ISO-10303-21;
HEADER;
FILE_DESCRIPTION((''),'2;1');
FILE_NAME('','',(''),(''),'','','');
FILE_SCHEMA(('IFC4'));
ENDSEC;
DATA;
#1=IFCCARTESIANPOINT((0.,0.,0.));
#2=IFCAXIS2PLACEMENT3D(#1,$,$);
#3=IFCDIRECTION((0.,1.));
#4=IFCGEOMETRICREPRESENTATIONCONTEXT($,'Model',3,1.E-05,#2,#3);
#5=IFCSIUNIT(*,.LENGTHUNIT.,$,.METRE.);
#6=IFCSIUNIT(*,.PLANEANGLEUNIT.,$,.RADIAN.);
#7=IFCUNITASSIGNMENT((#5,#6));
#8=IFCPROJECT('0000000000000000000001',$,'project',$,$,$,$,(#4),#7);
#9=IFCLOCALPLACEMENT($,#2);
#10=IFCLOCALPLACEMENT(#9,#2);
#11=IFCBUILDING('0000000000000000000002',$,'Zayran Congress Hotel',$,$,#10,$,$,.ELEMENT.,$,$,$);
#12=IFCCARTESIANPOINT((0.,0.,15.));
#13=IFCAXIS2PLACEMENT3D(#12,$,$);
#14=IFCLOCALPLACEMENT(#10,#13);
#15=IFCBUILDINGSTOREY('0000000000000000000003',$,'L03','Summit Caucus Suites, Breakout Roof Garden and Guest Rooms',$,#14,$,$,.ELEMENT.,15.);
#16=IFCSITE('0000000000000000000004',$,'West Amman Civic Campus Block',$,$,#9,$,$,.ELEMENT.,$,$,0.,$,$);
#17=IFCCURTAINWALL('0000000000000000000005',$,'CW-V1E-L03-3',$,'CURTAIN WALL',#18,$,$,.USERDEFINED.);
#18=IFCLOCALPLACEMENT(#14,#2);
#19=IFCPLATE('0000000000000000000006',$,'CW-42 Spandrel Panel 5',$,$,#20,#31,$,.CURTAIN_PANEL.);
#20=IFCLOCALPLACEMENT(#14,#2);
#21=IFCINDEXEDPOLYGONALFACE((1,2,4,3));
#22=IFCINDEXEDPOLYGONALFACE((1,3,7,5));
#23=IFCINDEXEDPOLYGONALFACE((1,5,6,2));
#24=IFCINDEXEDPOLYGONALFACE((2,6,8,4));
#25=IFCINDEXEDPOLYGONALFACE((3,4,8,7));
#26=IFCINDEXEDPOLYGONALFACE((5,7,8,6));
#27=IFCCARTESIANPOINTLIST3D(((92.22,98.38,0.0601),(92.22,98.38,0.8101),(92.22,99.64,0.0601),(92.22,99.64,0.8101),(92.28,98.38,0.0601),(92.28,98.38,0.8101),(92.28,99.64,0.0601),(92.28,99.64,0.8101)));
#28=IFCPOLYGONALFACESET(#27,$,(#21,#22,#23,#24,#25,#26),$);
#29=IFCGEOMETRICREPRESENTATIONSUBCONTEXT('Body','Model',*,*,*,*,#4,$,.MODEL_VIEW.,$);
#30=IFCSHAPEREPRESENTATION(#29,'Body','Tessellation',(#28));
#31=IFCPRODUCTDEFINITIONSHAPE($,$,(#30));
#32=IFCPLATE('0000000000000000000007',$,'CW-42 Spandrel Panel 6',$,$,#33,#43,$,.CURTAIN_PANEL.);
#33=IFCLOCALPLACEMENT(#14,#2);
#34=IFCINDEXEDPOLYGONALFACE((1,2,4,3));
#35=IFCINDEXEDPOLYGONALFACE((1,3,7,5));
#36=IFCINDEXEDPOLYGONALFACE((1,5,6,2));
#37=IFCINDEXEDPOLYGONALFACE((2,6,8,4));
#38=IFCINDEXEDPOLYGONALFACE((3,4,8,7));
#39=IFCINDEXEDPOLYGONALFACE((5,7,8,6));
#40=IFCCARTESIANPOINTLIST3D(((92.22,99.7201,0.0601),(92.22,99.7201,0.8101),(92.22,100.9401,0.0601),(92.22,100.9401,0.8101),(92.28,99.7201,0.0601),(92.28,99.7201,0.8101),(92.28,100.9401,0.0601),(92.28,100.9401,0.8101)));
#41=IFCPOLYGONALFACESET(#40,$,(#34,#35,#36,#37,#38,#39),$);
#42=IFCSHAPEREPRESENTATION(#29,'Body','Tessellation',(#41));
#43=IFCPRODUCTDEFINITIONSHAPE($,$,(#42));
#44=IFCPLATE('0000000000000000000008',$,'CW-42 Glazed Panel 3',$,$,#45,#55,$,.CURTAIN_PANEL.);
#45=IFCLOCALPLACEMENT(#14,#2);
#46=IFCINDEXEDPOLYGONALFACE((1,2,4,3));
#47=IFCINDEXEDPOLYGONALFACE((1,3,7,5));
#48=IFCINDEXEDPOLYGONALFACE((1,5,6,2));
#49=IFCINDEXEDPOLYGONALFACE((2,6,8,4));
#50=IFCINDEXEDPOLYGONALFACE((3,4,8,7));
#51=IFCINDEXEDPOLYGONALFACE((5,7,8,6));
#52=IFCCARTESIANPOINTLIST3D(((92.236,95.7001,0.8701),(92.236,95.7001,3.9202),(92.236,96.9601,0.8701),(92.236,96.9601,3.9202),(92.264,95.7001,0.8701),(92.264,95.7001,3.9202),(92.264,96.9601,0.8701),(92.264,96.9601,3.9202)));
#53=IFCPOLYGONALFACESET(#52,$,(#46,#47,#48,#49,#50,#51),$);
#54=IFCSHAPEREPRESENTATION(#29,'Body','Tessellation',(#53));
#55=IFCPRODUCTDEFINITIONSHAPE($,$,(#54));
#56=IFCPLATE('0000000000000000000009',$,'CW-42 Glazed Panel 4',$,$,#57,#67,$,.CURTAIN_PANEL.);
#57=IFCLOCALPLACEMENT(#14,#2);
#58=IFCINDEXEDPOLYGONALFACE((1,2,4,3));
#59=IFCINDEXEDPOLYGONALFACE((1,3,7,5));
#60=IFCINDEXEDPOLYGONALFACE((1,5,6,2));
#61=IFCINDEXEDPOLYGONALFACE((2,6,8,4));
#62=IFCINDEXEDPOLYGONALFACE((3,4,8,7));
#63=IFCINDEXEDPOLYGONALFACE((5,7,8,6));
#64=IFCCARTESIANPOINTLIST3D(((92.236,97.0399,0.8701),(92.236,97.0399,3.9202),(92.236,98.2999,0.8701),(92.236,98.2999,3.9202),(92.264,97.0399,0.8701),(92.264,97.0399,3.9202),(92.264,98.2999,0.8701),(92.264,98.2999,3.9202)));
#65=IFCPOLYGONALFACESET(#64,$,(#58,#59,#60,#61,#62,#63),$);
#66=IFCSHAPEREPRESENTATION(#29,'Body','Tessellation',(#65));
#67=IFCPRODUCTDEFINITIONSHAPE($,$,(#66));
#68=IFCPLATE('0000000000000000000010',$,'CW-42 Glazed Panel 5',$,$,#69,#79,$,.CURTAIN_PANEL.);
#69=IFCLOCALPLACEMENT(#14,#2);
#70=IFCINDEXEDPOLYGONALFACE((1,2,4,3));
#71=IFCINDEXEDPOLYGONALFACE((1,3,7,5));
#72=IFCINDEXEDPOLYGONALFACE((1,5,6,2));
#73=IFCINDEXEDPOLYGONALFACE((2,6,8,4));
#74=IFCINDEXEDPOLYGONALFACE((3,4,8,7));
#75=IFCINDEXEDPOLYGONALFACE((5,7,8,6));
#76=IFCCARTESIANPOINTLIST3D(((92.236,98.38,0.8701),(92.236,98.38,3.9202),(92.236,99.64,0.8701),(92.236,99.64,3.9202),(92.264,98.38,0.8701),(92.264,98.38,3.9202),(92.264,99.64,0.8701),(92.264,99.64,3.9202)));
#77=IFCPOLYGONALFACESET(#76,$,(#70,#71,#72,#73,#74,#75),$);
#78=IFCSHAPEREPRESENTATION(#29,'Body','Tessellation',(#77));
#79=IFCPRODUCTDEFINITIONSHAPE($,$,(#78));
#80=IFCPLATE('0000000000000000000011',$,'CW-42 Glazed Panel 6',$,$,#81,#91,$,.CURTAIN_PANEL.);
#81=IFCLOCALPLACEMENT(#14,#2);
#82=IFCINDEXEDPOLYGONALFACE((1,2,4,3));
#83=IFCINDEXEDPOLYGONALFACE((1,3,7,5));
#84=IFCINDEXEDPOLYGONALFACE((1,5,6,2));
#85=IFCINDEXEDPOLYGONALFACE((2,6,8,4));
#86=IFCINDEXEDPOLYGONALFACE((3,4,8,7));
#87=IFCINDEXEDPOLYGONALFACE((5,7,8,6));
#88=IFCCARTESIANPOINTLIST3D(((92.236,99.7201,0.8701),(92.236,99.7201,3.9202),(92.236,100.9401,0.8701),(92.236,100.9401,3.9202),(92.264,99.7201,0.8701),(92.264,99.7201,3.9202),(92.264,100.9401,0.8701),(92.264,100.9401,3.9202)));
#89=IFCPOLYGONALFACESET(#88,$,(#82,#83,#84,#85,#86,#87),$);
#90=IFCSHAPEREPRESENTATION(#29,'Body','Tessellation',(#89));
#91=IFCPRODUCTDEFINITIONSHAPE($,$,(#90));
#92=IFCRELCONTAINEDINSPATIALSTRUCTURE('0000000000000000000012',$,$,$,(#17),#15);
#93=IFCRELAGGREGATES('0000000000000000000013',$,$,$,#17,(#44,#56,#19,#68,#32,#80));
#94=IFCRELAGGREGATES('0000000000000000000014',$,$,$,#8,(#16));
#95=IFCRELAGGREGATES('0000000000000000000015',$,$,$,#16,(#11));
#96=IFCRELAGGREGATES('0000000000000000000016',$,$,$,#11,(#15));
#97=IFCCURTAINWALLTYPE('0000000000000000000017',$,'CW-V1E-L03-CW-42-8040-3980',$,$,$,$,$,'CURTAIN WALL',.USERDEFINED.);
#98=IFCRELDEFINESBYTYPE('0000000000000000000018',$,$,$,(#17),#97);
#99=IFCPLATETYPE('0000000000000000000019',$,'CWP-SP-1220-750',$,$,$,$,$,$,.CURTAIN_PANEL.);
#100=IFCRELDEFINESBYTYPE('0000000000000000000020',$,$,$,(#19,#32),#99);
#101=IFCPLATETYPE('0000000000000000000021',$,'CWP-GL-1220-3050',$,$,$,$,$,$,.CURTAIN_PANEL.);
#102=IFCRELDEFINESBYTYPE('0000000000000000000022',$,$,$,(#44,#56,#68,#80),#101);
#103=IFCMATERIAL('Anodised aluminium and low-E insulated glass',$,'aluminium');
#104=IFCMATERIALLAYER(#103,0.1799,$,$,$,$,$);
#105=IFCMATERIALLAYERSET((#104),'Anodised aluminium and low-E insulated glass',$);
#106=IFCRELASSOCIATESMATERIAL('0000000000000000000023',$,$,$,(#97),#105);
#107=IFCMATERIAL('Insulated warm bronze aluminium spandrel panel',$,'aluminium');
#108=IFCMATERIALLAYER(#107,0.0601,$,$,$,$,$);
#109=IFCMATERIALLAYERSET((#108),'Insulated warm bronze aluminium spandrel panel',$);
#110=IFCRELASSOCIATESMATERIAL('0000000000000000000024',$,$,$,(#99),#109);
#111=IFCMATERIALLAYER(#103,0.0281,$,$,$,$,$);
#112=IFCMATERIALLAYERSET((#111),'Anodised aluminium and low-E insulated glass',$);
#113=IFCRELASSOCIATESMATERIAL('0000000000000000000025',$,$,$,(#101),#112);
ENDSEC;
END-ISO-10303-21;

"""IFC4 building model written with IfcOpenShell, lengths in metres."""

from ifc_helpers import new_model, si_unit, direction, frame, origin, origin_2d, place, context, subcontext, project, spatial, rectangle, extrude, material, layer, layer_set, type_object, element, aggregate, save


model = new_model("IFC4")

# Units and contexts
model_context = context("Model", 3, precision=1e-05, world=origin(), true_north=direction((0.0, 1.0)))
body_context = subcontext(model_context, "Body", "Model", "MODEL_VIEW")
ifc_project = project(units=[si_unit("LENGTHUNIT", "METRE"), si_unit("PLANEANGLEUNIT", "RADIAN")], contexts=[model_context])

# Site, building, storey
site_placement = place(None, origin())
site = spatial("IfcSite", under=ifc_project, at=site_placement, Name="West Amman Civic Campus Block", CompositionType="ELEMENT", RefElevation=0.0)
building_placement = place(site_placement, origin())
building = spatial("IfcBuilding", under=site, at=building_placement, Name="Zayran Congress Hotel", CompositionType="ELEMENT")
storey_placement = place(building_placement, frame((0.0, 0.0, 15.0)))
storey = spatial("IfcBuildingStorey", under=building, at=storey_placement, Name="L03", Description="Summit Caucus Suites, Breakout Roof Garden and Guest Rooms", CompositionType="ELEMENT", Elevation=15.0)

# Curtain wall
ifc_material_1 = material(Name="Anodised aluminium and low-E insulated glass", Category="aluminium")
ifc_layer_1 = layer(ifc_material_1, 0.1799)
ifc_layer_set_1 = layer_set([ifc_layer_1], Name="Anodised aluminium and low-E insulated glass")
curtain_wall_type_1 = type_object("IfcCurtainWallType", Name="CW-V1E-L03-CW-42-8040-3980", ElementType="CURTAIN WALL", PredefinedType="USERDEFINED", material=ifc_layer_set_1)
curtain_wall_1_placement = place(storey_placement, origin())
curtain_wall_1 = element("IfcCurtainWall", 1, at=curtain_wall_1_placement, inside=storey, type_object=curtain_wall_type_1, Name="CW-V1E-L03-3", ObjectType="CURTAIN WALL", PredefinedType="USERDEFINED")

# Plates
ifc_material_2 = material(Name="Insulated warm bronze aluminium spandrel panel", Category="aluminium")
ifc_layer_2 = layer(ifc_material_2, 0.0601)
ifc_layer_set_2 = layer_set([ifc_layer_2], Name="Insulated warm bronze aluminium spandrel panel")
plate_type_1 = type_object("IfcPlateType", Name="CWP-SP-1220-750", PredefinedType="CURTAIN_PANEL", material=ifc_layer_set_2)
plate_1_placement = place(storey_placement, frame((92.25, 99.01, 0.0601), z_axis=(0.0, 0.0, 1.0), x_axis=(0.0, 1.0, 0.0)))
plate_1 = element("IfcPlate", 2, at=plate_1_placement, type_object=plate_type_1, Name="CW-42 Spandrel Panel 5", PredefinedType="CURTAIN_PANEL", context=body_context, shape_type="SweptSolid", body=[
    extrude(rectangle(XDim=1.26, YDim=0.0601, at=origin_2d()), origin(), (0.0, 0.0, 1.0), 0.75),
])
plate_2_placement = place(storey_placement, frame((92.25, 100.3301, 0.0601), z_axis=(0.0, 0.0, 1.0), x_axis=(0.0, 1.0, 0.0)))
plate_2 = element("IfcPlate", 3, at=plate_2_placement, type_object=plate_type_1, Name="CW-42 Spandrel Panel 6", PredefinedType="CURTAIN_PANEL", context=body_context, shape_type="SweptSolid", body=[
    extrude(rectangle(XDim=1.22, YDim=0.0601, at=origin_2d()), origin(), (0.0, 0.0, 1.0), 0.75),
])
ifc_layer_3 = layer(ifc_material_1, 0.0281)
ifc_layer_set_3 = layer_set([ifc_layer_3], Name="Anodised aluminium and low-E insulated glass")
plate_type_2 = type_object("IfcPlateType", Name="CWP-GL-1220-3050", PredefinedType="CURTAIN_PANEL", material=ifc_layer_set_3)
plate_3_placement = place(storey_placement, frame((92.25, 96.3301, 0.8701), z_axis=(0.0, 0.0, 1.0), x_axis=(0.0, 1.0, 0.0)))
plate_3 = element("IfcPlate", 4, at=plate_3_placement, type_object=plate_type_2, Name="CW-42 Glazed Panel 3", PredefinedType="CURTAIN_PANEL", context=body_context, shape_type="SweptSolid", body=[
    extrude(rectangle(XDim=1.26, YDim=0.0281, at=origin_2d()), origin(), (0.0, 0.0, 1.0), 3.05),
])
plate_4_placement = place(storey_placement, frame((92.25, 97.6699, 0.8701), z_axis=(0.0, 0.0, 1.0), x_axis=(0.0, 1.0, 0.0)))
plate_4 = element("IfcPlate", 5, at=plate_4_placement, type_object=plate_type_2, Name="CW-42 Glazed Panel 4", PredefinedType="CURTAIN_PANEL", context=body_context, shape_type="SweptSolid", body=[
    extrude(rectangle(XDim=1.26, YDim=0.0281, at=origin_2d()), origin(), (0.0, 0.0, 1.0), 3.05),
])
plate_5_placement = place(storey_placement, frame((92.25, 99.01, 0.8701), z_axis=(0.0, 0.0, 1.0), x_axis=(0.0, 1.0, 0.0)))
plate_5 = element("IfcPlate", 6, at=plate_5_placement, type_object=plate_type_2, Name="CW-42 Glazed Panel 5", PredefinedType="CURTAIN_PANEL", context=body_context, shape_type="SweptSolid", body=[
    extrude(rectangle(XDim=1.26, YDim=0.0281, at=origin_2d()), origin(), (0.0, 0.0, 1.0), 3.05),
])
plate_6_placement = place(storey_placement, frame((92.25, 100.3301, 0.8701), z_axis=(0.0, 0.0, 1.0), x_axis=(0.0, 1.0, 0.0)))
plate_6 = element("IfcPlate", 7, at=plate_6_placement, type_object=plate_type_2, Name="CW-42 Glazed Panel 6", PredefinedType="CURTAIN_PANEL", context=body_context, shape_type="SweptSolid", body=[
    extrude(rectangle(XDim=1.22, YDim=0.0281, at=origin_2d()), origin(), (0.0, 0.0, 1.0), 3.05),
])
aggregate(curtain_wall_1, [plate_3, plate_4, plate_1, plate_5, plate_2, plate_6])

save(model, "model.ifc")
